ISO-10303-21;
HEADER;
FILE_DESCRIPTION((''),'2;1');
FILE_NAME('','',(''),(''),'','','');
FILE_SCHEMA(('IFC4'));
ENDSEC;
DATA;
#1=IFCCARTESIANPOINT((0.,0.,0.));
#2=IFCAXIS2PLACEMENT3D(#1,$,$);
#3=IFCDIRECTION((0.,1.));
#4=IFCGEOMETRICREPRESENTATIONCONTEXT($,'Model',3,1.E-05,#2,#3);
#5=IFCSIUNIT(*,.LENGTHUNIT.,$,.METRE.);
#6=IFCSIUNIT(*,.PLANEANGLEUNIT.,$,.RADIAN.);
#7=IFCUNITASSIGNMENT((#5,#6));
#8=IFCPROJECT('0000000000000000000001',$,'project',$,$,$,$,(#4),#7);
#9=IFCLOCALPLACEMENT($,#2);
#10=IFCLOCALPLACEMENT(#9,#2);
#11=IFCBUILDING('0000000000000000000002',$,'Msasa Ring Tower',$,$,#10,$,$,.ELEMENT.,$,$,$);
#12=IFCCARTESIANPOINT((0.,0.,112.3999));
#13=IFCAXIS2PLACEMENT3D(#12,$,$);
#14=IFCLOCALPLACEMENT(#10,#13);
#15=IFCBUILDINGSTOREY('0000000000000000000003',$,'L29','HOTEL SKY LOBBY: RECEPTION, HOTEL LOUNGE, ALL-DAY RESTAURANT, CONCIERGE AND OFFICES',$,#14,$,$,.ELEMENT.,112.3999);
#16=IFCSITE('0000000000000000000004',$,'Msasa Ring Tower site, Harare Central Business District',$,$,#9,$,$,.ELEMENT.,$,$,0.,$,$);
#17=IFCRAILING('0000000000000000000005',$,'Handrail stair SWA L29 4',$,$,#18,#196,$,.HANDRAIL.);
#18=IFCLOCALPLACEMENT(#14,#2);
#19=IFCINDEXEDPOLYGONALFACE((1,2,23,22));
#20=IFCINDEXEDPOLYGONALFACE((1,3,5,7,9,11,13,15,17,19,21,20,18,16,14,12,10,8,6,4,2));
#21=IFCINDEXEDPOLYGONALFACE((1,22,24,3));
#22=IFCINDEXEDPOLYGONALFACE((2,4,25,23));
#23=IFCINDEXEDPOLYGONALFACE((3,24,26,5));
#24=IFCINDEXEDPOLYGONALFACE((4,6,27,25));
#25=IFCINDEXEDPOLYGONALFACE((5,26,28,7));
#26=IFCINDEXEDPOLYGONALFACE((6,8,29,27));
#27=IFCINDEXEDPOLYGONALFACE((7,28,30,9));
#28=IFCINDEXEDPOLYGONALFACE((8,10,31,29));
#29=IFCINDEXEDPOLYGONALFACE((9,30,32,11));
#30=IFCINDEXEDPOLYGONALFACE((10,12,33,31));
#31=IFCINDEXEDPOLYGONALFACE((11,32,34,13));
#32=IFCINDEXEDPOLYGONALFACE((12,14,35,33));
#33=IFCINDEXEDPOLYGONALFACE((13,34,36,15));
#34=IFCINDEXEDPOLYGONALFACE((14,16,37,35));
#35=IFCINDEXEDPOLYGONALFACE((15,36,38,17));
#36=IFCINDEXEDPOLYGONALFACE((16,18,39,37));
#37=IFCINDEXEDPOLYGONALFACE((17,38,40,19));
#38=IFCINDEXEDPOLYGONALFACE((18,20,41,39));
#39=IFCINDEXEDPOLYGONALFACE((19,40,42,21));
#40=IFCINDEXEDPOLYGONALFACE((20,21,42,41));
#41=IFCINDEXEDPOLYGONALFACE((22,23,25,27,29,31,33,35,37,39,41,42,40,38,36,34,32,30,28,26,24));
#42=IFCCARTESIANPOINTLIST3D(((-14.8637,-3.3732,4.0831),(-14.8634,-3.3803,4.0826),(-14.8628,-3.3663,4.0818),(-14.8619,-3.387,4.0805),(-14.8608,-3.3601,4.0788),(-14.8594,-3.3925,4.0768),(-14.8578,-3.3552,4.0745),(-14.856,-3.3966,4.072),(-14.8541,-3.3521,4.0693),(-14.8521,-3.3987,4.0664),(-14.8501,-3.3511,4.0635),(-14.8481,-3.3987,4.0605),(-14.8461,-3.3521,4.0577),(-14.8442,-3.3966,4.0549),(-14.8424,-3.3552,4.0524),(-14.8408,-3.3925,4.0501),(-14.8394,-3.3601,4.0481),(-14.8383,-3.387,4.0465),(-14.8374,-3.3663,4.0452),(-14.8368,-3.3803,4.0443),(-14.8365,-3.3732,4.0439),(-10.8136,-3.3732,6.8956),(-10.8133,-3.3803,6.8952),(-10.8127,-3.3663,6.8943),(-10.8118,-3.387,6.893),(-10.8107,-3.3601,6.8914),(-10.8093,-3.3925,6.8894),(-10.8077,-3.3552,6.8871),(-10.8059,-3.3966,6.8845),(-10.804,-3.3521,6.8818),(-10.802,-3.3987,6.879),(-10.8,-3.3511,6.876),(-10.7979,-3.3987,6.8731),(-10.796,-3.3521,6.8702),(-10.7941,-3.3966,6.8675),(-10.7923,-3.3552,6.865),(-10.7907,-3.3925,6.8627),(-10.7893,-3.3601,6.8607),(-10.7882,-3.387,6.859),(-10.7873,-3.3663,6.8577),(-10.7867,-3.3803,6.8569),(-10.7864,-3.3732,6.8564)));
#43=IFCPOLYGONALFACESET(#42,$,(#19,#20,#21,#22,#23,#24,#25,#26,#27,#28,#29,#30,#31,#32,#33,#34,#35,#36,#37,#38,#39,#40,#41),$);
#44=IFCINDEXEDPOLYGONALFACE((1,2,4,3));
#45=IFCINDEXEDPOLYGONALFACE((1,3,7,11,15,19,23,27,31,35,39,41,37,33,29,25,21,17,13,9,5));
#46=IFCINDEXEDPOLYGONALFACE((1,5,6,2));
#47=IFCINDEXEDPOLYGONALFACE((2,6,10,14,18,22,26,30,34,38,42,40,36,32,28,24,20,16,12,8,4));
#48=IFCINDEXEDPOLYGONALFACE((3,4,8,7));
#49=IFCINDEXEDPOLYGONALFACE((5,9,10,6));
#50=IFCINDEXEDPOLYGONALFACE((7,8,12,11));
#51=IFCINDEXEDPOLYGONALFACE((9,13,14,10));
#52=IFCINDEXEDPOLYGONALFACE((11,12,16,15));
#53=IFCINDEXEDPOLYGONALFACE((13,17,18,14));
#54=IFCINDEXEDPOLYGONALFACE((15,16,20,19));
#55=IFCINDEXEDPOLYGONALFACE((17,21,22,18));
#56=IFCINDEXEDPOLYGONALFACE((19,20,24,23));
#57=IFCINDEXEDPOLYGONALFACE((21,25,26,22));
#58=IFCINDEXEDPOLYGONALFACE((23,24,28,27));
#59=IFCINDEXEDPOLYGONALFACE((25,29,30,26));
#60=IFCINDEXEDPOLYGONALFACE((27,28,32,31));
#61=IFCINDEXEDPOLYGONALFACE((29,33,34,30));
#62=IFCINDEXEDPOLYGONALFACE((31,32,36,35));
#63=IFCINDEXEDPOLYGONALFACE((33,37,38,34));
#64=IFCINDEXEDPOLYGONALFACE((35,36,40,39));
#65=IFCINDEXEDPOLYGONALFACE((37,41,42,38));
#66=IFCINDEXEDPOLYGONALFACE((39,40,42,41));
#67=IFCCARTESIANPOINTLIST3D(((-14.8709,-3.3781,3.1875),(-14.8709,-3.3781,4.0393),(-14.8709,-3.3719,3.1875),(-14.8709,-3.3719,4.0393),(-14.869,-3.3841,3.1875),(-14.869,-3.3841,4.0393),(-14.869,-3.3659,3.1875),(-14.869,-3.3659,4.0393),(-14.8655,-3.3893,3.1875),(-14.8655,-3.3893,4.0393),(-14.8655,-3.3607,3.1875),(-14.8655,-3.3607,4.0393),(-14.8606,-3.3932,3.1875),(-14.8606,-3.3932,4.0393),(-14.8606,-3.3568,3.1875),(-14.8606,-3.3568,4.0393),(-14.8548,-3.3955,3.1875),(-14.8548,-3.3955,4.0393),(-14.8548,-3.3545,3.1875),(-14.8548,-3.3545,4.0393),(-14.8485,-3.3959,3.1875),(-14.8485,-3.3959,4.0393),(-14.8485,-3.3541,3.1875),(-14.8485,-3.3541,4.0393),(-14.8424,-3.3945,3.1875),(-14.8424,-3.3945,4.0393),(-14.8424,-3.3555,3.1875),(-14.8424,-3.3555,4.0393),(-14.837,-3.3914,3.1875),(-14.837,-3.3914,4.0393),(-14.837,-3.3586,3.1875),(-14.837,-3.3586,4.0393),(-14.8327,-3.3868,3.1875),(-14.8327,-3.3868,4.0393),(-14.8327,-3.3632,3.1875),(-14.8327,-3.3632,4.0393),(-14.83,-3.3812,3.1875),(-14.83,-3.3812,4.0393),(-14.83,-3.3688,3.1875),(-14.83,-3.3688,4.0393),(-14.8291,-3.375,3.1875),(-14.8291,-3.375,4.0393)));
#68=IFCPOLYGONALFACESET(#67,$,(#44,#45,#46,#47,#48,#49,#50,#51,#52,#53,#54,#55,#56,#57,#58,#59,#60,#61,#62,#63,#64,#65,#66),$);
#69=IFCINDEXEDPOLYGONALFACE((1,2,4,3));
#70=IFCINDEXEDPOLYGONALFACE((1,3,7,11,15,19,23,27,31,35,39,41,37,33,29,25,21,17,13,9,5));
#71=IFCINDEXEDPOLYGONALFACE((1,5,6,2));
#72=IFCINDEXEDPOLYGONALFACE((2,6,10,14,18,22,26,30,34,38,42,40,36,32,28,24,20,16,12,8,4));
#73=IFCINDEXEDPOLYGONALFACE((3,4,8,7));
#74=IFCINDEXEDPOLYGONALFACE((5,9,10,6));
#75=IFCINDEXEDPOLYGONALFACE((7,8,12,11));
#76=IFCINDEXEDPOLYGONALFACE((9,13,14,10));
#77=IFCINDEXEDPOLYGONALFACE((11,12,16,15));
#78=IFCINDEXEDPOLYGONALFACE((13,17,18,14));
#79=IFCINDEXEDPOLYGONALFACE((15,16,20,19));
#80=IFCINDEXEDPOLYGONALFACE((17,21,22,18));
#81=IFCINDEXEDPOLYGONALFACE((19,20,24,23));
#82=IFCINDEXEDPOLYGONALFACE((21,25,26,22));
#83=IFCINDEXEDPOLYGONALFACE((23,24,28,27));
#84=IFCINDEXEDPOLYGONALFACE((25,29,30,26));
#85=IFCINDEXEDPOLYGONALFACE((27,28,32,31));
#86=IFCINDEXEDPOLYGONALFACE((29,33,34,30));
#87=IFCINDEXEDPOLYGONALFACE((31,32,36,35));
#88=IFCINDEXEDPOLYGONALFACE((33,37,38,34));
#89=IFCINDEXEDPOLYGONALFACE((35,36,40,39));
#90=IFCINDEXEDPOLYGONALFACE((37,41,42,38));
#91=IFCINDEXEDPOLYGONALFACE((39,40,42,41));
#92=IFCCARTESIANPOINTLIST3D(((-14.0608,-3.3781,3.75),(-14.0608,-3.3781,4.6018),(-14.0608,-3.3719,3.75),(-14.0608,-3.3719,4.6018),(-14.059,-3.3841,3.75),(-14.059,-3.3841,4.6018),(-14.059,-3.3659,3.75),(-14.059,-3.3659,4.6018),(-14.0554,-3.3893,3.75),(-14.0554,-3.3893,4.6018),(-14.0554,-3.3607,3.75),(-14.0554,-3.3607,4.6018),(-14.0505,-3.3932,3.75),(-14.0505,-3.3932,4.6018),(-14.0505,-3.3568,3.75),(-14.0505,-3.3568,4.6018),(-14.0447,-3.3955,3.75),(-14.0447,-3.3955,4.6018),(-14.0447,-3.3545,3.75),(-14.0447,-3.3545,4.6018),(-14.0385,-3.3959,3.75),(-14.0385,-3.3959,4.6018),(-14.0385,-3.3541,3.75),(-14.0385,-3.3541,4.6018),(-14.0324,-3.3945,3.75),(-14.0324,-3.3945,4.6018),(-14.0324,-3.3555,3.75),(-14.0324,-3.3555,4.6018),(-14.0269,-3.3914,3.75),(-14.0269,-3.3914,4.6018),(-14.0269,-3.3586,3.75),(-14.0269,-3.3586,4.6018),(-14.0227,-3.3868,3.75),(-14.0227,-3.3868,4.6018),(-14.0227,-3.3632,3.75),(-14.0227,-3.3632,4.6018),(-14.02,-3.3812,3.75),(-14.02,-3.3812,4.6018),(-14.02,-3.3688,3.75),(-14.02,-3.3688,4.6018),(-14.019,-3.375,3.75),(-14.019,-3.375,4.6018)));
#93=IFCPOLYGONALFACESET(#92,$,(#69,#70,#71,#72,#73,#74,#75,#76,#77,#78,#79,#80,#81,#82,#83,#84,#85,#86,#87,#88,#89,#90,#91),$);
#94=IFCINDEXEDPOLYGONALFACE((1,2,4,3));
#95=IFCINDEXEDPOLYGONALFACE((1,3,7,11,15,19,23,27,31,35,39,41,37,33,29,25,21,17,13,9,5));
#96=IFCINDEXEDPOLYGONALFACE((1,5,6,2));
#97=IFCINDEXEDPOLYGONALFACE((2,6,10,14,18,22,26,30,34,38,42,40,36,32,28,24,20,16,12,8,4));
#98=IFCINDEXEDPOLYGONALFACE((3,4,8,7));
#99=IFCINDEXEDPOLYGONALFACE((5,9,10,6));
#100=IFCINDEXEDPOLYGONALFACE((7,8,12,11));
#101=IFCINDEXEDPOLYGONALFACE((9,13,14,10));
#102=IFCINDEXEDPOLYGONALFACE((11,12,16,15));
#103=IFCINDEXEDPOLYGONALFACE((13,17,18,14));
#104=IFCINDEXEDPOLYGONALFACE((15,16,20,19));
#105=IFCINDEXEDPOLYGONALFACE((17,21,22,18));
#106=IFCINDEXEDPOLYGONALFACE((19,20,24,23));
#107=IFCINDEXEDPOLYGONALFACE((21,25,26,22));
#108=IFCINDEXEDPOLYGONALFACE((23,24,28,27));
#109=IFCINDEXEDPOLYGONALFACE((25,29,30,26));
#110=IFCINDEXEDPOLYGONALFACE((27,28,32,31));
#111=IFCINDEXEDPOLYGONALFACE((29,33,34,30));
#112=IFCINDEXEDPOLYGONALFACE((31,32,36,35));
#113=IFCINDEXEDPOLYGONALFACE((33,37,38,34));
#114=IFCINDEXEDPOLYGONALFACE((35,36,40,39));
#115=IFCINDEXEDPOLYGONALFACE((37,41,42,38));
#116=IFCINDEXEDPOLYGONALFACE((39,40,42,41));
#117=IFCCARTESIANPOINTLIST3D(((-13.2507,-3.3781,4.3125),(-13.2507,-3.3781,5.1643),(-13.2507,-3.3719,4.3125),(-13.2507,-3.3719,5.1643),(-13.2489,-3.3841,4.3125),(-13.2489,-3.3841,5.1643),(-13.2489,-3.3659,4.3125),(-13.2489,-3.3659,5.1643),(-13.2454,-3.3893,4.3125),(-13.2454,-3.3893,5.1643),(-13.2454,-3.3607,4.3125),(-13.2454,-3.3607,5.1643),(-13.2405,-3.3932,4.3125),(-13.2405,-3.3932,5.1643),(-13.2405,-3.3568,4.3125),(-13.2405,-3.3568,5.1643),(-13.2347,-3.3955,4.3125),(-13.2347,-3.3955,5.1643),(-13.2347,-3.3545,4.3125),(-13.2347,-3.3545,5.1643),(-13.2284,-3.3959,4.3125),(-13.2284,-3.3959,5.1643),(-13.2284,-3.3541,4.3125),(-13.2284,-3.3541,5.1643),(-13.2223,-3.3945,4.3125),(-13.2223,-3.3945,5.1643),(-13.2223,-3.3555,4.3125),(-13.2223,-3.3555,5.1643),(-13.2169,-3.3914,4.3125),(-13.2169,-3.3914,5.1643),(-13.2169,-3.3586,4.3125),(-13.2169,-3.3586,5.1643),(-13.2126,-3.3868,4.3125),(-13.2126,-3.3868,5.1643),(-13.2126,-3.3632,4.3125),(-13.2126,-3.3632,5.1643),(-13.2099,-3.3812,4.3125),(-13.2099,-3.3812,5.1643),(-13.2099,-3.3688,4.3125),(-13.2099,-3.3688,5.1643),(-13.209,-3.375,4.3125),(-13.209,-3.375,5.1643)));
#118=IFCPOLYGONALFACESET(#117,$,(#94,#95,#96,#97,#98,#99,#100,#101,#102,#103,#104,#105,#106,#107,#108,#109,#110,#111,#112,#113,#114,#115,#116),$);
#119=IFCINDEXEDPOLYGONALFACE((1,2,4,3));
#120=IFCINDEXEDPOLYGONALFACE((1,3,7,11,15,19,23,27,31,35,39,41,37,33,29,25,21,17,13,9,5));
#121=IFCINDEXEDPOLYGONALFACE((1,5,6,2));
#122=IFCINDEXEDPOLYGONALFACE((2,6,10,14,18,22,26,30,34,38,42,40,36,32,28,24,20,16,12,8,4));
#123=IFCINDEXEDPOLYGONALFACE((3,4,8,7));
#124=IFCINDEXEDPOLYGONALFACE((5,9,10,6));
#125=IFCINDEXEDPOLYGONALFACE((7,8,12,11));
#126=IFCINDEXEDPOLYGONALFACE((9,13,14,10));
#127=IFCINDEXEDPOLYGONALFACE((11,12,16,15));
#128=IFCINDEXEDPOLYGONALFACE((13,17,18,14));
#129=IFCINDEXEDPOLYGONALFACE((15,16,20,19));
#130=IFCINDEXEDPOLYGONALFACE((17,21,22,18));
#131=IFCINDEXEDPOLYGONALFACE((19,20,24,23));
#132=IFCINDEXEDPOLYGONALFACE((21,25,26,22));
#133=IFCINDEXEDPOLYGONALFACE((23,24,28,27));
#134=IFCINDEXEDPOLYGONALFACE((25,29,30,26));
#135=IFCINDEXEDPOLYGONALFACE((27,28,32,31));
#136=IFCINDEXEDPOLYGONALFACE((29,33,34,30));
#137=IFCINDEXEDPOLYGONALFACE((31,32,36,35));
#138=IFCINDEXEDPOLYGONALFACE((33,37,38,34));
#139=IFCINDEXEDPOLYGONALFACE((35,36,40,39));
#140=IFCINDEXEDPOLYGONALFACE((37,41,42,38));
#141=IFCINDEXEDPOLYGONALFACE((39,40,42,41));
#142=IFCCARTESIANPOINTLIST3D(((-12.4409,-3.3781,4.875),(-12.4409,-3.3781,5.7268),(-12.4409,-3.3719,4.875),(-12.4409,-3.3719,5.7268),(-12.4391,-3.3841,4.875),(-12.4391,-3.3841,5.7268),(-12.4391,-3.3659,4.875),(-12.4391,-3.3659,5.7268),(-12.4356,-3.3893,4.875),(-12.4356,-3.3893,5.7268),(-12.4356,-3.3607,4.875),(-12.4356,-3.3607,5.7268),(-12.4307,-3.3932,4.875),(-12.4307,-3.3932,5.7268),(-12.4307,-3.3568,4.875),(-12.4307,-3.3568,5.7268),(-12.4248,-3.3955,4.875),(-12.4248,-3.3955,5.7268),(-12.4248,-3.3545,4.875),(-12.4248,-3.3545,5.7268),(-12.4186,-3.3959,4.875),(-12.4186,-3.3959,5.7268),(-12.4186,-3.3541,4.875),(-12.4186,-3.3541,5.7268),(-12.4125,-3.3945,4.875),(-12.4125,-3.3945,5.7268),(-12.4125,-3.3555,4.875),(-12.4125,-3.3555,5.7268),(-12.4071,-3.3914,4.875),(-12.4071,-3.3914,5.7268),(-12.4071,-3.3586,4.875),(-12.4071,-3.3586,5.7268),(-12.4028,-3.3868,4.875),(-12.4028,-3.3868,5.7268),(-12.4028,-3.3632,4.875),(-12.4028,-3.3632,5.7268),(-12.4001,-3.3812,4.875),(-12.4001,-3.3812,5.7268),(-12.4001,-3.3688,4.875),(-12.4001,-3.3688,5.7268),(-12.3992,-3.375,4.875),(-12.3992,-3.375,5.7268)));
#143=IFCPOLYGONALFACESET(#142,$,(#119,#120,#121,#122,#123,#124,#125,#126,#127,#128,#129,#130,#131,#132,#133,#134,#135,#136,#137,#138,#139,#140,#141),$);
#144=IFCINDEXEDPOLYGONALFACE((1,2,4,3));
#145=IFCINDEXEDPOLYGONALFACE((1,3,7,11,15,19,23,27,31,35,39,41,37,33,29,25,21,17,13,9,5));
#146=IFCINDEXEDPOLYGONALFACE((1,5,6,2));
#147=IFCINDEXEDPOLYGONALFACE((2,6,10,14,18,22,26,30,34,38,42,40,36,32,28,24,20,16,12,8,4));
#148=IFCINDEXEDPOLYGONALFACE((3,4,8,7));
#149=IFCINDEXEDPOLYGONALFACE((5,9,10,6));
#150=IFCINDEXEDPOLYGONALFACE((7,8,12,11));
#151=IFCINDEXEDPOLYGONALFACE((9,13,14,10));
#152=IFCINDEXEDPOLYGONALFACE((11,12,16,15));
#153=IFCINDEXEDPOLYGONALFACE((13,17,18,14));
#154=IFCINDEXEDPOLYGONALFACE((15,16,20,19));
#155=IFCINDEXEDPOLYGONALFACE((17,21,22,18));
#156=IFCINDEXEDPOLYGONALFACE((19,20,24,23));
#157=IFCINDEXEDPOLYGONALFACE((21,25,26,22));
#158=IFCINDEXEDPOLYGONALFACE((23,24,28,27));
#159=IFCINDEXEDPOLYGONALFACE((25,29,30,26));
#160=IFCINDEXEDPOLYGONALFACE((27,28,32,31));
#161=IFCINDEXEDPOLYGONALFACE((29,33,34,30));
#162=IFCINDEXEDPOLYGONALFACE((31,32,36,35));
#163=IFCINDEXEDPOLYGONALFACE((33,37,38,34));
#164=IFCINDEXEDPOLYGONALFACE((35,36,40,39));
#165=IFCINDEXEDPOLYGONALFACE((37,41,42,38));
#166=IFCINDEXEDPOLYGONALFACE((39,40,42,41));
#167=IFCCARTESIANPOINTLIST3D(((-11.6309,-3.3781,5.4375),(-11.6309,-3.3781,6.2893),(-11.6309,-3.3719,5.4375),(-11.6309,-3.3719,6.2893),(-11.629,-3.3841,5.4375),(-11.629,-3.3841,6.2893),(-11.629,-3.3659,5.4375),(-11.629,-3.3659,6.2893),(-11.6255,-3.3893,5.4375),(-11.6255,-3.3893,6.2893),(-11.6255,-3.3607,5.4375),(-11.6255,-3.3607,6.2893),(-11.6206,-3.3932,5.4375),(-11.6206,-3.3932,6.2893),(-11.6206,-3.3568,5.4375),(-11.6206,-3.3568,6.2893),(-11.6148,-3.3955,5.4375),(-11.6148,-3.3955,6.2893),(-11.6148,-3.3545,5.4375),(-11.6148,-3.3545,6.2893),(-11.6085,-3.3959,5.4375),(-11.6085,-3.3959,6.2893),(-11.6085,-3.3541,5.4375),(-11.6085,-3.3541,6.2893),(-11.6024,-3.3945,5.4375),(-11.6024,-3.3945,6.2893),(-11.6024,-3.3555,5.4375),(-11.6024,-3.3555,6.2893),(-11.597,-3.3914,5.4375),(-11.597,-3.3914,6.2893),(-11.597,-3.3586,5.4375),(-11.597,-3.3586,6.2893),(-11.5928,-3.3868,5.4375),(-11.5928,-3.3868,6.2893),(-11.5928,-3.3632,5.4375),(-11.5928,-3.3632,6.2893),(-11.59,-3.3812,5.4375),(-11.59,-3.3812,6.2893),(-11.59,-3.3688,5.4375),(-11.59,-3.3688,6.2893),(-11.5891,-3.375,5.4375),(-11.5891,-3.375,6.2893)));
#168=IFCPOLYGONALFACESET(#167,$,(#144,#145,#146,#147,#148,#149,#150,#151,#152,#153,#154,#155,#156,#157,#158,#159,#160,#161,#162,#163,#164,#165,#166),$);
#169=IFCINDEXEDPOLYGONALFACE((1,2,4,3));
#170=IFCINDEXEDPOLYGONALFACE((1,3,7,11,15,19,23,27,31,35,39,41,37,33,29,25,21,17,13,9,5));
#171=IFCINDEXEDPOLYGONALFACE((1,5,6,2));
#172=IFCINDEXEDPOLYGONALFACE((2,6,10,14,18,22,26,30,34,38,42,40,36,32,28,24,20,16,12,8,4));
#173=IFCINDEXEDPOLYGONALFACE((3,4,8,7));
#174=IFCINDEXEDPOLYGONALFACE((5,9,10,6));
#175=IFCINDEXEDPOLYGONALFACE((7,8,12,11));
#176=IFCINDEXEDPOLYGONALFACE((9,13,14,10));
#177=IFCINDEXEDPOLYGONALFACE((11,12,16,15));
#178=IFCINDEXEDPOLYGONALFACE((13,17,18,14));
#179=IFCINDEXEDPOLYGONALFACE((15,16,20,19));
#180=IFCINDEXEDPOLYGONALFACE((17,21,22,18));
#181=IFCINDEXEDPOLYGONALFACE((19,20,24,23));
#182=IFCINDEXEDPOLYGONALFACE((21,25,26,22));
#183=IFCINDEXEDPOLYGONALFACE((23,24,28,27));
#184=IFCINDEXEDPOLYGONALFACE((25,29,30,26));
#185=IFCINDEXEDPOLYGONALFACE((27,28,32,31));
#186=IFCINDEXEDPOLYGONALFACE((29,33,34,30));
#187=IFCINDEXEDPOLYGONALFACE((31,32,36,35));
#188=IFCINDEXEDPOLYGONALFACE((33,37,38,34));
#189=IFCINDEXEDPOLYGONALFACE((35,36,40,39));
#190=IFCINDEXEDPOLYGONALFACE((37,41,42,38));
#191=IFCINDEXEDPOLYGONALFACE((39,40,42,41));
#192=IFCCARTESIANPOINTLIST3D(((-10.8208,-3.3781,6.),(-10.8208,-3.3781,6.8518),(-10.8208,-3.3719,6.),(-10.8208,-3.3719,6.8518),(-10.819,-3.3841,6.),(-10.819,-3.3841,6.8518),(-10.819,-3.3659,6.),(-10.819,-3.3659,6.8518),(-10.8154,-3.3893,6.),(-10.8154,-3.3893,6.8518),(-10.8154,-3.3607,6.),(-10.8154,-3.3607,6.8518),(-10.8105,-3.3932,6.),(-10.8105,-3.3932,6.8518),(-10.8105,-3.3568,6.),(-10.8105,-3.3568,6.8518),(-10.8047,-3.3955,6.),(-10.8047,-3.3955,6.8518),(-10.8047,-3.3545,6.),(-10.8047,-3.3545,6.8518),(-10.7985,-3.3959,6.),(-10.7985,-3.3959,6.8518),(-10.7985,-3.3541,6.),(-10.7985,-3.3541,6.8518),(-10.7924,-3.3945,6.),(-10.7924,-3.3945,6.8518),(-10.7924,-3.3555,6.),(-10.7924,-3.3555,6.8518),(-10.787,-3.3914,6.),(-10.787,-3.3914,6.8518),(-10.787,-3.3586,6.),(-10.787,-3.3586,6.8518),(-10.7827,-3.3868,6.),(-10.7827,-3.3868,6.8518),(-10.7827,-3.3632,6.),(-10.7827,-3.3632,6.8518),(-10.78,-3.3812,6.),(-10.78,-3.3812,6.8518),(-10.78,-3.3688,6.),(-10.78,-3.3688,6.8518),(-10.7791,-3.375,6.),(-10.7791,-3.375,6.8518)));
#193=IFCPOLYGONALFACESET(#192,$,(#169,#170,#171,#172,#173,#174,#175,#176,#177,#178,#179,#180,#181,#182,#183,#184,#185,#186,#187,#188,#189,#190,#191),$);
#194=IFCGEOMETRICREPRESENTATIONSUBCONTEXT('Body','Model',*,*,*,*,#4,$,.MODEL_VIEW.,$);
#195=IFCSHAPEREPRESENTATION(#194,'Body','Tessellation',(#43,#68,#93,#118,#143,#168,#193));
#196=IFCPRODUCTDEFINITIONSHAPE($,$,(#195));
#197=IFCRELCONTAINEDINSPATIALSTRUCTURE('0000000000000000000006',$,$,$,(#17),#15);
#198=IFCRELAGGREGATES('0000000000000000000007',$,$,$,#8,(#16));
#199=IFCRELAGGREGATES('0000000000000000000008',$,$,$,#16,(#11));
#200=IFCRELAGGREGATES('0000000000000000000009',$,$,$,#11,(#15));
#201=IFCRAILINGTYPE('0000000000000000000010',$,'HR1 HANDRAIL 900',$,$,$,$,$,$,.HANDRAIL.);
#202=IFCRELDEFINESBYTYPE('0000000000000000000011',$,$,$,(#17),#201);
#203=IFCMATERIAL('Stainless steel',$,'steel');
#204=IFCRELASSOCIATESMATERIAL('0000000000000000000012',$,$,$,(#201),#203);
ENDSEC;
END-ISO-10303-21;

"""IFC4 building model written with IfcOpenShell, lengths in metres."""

from ifc_helpers import new_model, si_unit, direction, frame, origin, origin_2d, place, context, subcontext, project, spatial, circle, extrude, material, type_object, element, save


model = new_model("IFC4")

# Units and contexts
model_context = context("Model", 3, precision=1e-05, world=origin(), true_north=direction((0.0, 1.0)))
body_context = subcontext(model_context, "Body", "Model", "MODEL_VIEW")
ifc_project = project(units=[si_unit("LENGTHUNIT", "METRE"), si_unit("PLANEANGLEUNIT", "RADIAN")], contexts=[model_context])

# Site, building, storey
site_placement = place(None, origin())
site = spatial("IfcSite", under=ifc_project, at=site_placement, Name="Msasa Ring Tower site, Harare Central Business District", CompositionType="ELEMENT", RefElevation=0.0)
building_placement = place(site_placement, origin())
building = spatial("IfcBuilding", under=site, at=building_placement, Name="Msasa Ring Tower", CompositionType="ELEMENT")
storey_placement = place(building_placement, frame((0.0, 0.0, 112.3999)))
storey = spatial("IfcBuildingStorey", under=building, at=storey_placement, Name="L29", Description="HOTEL SKY LOBBY: RECEPTION, HOTEL LOUNGE, ALL-DAY RESTAURANT, CONCIERGE AND OFFICES", CompositionType="ELEMENT", Elevation=112.3999)

# Railing
ifc_material_1 = material(Name="Stainless steel", Category="steel")
railing_type = type_object("IfcRailingType", Name="HR1 HANDRAIL 900", PredefinedType="HANDRAIL", material=ifc_material_1)
railing_placement = place(storey_placement, frame((-14.8501, -3.375, 3.1875)))
element("IfcRailing", 1, at=railing_placement, inside=storey, type_object=railing_type, Name="Handrail stair SWA L29 4", PredefinedType="HANDRAIL", context=body_context, shape_type="SweptSolid", body=[
    extrude(circle(Radius=0.0239, at=origin_2d()), frame((0.0, 0.0, 0.876), z_axis=(0.821373, 0.0, 0.570391), x_axis=(0.0, 1.0, 0.0)), (0.0, 0.0, 1.0), 4.9309),
    extrude(circle(Radius=0.021, at=origin_2d()), origin(), (0.0, 0.0, 1.0), 0.8518),
    extrude(circle(Radius=0.021, at=origin_2d()), frame((0.8101, 0.0, 0.5625)), (0.0, 0.0, 1.0), 0.8518),
    extrude(circle(Radius=0.021, at=origin_2d()), frame((1.6201, 0.0, 1.125)), (0.0, 0.0, 1.0), 0.8518),
    extrude(circle(Radius=0.021, at=origin_2d()), frame((2.4299, 0.0, 1.6875)), (0.0, 0.0, 1.0), 0.8518),
    extrude(circle(Radius=0.021, at=origin_2d()), frame((3.24, 0.0, 2.25)), (0.0, 0.0, 1.0), 0.8518),
    extrude(circle(Radius=0.021, at=origin_2d()), frame((4.05, 0.0, 2.8125)), (0.0, 0.0, 1.0), 0.8518),
])

save(model, "model.ifc")
